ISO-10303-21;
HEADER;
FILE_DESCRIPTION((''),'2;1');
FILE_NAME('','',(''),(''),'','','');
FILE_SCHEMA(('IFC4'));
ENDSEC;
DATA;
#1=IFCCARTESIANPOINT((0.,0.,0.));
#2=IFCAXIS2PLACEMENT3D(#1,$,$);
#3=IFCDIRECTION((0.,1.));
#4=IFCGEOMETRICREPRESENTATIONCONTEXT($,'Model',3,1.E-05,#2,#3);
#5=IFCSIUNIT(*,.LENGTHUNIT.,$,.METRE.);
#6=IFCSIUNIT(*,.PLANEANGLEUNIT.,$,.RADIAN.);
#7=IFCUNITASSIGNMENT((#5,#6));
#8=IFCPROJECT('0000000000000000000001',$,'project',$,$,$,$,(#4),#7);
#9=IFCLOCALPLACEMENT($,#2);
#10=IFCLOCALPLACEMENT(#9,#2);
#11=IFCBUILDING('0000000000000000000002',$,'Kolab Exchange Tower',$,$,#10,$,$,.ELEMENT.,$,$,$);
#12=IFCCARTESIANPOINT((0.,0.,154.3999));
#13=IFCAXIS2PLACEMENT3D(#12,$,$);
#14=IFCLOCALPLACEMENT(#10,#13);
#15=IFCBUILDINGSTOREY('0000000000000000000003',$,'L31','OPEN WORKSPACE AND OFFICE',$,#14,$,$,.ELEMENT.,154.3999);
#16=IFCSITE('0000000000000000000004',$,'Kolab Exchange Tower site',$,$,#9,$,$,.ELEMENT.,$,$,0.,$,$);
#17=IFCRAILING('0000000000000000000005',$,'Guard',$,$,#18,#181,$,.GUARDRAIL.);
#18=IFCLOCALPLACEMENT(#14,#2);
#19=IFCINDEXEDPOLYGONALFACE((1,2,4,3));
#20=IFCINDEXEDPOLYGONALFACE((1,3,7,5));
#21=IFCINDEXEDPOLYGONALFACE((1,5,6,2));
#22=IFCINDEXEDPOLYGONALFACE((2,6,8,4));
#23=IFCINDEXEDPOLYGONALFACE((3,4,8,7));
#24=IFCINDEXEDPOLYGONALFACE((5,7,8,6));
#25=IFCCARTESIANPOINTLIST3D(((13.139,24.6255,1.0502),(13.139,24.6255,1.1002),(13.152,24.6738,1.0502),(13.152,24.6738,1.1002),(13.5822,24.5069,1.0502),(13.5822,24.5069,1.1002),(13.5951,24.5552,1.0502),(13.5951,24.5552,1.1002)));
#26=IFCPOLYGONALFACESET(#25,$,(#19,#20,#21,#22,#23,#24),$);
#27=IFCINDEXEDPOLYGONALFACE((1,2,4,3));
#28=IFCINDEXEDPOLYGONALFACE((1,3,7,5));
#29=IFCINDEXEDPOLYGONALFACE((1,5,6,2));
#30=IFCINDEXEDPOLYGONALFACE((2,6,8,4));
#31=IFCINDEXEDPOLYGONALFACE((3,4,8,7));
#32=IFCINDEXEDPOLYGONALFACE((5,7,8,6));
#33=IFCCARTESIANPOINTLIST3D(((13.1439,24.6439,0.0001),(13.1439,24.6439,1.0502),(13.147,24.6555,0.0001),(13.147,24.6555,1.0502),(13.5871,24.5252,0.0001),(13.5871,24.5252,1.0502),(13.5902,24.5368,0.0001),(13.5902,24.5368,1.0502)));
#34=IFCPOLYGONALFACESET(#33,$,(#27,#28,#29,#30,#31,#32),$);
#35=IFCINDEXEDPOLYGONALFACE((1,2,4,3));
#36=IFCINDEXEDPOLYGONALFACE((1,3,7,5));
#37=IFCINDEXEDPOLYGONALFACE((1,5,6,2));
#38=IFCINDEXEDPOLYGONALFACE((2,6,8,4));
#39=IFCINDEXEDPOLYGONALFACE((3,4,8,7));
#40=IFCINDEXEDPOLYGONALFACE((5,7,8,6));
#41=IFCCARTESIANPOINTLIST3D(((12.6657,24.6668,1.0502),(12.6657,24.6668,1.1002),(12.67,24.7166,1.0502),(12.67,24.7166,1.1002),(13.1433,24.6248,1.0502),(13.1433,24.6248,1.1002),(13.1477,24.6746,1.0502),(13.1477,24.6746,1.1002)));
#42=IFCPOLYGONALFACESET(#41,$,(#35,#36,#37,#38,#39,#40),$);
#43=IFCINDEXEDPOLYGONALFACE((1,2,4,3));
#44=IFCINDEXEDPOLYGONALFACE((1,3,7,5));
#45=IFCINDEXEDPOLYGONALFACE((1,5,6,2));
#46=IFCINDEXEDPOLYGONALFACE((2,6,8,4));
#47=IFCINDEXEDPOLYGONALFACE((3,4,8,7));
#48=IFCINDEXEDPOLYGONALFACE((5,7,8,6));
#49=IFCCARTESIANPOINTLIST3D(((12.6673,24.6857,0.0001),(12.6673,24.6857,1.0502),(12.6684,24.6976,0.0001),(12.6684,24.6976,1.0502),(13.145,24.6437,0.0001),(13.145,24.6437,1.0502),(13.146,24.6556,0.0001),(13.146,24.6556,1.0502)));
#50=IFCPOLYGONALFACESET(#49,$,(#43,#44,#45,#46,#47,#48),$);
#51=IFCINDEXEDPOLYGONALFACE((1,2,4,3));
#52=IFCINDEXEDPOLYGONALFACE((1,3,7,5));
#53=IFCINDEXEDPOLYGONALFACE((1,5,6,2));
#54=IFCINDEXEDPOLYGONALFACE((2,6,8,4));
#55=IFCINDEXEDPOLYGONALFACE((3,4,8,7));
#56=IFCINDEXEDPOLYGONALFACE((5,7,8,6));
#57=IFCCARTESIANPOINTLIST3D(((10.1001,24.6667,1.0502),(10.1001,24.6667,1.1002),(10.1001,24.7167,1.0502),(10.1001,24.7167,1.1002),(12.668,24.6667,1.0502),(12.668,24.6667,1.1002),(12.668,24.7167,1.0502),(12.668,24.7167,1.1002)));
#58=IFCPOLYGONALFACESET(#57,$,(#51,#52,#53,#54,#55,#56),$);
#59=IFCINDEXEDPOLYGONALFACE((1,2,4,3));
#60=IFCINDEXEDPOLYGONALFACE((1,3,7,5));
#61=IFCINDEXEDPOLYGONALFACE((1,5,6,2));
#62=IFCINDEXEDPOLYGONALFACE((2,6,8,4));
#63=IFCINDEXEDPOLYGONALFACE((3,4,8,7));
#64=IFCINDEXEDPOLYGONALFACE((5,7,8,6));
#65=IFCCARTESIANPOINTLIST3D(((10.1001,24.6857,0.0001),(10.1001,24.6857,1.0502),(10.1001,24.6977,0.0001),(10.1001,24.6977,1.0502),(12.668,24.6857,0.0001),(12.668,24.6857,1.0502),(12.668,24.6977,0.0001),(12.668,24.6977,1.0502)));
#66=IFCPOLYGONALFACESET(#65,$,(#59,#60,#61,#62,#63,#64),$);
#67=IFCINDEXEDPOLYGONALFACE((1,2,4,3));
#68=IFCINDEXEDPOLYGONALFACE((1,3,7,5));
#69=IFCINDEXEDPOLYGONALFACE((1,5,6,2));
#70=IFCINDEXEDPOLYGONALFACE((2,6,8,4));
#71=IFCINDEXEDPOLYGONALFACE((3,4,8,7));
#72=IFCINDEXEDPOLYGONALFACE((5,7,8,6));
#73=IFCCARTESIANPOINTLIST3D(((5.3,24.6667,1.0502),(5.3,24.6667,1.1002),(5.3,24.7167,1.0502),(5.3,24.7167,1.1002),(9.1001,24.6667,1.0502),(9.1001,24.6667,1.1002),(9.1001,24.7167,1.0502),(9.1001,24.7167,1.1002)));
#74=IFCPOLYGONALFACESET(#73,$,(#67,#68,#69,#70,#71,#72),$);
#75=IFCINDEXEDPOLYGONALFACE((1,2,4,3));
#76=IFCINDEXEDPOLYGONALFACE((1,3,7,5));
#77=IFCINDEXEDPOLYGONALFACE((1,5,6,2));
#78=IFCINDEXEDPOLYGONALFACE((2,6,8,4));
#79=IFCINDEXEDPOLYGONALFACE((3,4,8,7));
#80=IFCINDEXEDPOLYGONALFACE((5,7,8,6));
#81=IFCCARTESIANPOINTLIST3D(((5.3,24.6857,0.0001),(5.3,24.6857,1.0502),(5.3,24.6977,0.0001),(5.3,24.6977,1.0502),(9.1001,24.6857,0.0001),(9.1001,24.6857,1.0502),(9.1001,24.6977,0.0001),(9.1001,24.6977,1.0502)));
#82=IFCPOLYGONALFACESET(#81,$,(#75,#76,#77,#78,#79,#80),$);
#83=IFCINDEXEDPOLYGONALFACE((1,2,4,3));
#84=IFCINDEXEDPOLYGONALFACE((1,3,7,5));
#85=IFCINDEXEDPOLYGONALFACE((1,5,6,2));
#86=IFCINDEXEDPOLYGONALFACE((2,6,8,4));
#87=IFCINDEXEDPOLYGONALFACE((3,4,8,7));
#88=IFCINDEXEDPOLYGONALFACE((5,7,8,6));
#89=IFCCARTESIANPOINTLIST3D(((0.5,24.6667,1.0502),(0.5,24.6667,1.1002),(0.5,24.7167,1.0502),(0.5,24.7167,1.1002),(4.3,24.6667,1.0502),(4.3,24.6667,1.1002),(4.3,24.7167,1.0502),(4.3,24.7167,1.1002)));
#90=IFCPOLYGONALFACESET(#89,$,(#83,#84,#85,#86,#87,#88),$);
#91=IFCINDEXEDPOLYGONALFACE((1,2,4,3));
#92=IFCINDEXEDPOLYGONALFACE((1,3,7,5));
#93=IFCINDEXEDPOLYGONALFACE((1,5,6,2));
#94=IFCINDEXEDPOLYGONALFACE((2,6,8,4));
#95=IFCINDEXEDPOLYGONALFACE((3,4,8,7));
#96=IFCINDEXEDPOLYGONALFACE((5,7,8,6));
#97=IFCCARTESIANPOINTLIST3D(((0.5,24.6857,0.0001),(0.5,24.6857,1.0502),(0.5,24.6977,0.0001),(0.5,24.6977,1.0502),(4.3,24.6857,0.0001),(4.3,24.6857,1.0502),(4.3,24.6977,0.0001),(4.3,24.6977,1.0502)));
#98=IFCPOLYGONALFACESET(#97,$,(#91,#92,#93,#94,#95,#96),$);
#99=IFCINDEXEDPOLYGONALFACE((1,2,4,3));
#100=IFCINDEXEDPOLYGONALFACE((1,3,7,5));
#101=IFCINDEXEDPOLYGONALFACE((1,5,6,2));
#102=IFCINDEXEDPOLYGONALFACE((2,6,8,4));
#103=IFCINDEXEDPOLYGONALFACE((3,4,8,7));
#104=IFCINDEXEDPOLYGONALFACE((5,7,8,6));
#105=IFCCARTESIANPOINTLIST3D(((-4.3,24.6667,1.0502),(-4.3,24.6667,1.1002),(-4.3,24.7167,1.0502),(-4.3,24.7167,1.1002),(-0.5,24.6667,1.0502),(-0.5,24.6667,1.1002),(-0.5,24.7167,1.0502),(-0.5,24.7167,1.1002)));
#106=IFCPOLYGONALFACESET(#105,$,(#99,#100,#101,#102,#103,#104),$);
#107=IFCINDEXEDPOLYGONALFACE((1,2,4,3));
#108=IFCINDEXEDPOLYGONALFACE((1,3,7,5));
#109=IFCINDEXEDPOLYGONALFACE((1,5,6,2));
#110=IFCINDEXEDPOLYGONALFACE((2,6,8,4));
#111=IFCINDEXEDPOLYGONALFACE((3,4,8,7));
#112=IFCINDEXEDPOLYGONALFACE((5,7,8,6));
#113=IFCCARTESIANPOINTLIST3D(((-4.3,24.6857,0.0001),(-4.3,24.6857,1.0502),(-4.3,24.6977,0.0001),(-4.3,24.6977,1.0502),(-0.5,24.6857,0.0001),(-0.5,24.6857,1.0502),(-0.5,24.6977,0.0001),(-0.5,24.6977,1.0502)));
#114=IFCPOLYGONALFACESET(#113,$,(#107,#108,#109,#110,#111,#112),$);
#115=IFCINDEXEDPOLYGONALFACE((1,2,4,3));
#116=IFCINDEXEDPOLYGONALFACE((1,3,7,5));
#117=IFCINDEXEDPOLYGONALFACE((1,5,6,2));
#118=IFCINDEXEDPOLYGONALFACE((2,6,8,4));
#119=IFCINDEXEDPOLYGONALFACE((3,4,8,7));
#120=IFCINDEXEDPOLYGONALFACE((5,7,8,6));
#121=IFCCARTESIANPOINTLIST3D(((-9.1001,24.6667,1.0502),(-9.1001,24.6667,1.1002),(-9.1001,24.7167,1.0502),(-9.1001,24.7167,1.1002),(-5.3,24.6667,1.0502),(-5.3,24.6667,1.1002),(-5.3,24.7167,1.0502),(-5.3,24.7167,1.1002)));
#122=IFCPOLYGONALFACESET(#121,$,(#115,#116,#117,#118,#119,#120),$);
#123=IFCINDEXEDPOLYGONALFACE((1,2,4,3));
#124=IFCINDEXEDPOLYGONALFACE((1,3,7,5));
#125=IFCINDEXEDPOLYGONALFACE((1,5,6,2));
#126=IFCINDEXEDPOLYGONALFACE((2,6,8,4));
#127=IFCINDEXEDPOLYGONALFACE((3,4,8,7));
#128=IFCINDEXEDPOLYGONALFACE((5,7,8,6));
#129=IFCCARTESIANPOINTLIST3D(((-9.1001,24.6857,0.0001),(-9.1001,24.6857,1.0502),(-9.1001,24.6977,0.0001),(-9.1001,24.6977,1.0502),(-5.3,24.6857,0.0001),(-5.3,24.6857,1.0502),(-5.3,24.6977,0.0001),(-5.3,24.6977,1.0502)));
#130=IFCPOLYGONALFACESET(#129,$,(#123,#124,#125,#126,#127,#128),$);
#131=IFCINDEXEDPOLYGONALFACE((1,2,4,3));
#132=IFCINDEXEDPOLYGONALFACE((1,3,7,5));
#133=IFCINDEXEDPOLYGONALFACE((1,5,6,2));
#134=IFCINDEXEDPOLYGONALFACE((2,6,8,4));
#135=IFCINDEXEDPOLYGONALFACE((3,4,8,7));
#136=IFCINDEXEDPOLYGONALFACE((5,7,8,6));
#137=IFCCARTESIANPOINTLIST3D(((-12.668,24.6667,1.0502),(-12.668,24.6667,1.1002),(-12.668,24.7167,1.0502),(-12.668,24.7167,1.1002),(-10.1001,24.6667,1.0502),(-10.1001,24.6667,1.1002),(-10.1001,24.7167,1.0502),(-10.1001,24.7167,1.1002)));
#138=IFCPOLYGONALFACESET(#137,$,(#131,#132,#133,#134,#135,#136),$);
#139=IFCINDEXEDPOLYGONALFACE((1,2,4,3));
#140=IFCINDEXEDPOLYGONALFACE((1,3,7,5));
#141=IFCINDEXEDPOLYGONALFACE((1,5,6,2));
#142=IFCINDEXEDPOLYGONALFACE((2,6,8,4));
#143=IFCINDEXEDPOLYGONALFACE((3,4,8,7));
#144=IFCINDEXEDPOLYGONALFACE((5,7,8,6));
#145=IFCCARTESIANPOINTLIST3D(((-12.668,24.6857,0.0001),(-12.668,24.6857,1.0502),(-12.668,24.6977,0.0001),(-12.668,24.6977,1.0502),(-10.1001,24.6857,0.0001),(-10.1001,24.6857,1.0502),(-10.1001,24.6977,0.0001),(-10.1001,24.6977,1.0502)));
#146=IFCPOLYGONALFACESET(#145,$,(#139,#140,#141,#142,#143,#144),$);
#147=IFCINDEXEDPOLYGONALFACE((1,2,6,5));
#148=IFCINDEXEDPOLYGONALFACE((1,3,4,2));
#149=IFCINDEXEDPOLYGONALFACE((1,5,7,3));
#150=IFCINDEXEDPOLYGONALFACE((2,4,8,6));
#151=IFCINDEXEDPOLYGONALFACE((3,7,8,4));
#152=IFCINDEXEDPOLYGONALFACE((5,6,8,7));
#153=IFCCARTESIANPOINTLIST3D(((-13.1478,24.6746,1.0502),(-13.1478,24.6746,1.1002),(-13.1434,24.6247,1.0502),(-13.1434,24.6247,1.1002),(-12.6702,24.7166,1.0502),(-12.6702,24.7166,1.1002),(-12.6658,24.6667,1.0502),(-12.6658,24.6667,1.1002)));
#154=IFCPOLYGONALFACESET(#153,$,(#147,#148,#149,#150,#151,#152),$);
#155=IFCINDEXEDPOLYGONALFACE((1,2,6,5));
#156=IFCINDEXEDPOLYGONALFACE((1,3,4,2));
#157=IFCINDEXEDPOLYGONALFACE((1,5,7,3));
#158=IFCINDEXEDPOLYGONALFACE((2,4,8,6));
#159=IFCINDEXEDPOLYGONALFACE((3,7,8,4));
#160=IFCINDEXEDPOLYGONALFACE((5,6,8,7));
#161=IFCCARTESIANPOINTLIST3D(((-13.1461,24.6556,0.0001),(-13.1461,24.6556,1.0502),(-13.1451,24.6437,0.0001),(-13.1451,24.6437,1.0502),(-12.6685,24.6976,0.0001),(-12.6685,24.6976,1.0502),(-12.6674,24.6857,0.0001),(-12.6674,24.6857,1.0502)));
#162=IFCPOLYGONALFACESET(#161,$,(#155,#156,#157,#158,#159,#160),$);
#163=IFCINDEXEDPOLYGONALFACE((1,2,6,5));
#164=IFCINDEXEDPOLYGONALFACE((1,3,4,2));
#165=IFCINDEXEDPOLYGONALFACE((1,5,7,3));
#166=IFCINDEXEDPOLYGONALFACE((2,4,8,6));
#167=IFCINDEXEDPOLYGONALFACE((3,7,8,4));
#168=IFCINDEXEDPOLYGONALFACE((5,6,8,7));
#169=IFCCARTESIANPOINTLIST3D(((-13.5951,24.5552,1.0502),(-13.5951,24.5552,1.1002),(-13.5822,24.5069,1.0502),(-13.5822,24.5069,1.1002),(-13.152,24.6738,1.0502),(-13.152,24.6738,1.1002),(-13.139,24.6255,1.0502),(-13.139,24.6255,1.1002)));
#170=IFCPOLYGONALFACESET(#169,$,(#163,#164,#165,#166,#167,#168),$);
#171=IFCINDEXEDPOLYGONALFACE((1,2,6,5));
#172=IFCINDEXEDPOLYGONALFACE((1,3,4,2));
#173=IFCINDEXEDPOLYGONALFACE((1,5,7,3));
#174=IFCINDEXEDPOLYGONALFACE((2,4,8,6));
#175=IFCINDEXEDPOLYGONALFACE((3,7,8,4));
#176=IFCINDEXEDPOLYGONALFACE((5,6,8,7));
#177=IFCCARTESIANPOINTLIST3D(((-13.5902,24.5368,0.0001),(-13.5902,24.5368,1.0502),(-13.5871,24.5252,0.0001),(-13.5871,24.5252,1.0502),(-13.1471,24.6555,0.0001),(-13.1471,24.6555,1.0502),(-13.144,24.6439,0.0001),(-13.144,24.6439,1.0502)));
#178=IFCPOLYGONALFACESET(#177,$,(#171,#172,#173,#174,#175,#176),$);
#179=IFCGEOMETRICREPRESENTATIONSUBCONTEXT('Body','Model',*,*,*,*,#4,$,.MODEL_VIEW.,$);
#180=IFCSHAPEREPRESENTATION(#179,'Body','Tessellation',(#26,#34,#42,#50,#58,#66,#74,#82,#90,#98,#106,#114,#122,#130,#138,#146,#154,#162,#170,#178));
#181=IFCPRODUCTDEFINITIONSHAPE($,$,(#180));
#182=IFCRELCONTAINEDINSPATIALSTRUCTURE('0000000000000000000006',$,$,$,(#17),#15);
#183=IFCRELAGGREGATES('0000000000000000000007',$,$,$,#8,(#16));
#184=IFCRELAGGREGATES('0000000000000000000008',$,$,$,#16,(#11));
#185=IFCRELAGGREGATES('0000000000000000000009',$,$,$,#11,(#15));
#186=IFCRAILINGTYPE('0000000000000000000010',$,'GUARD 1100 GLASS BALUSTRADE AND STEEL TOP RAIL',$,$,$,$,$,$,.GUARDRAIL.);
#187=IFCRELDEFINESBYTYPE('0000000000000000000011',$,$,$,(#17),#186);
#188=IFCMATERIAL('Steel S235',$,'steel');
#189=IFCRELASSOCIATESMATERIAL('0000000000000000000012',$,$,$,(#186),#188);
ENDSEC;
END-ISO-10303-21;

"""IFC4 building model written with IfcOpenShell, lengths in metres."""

from ifc_helpers import new_model, si_unit, direction, frame, frame_2d, origin, origin_2d, place, context, subcontext, project, spatial, rectangle, extrude, material, type_object, element, save


model = new_model("IFC4")

# Units and contexts
model_context = context("Model", 3, precision=1e-05, world=origin(), true_north=direction((0.0, 1.0)))
body_context = subcontext(model_context, "Body", "Model", "MODEL_VIEW")
ifc_project = project(units=[si_unit("LENGTHUNIT", "METRE"), si_unit("PLANEANGLEUNIT", "RADIAN")], contexts=[model_context])

# Site, building, storey
site_placement = place(None, origin())
site = spatial("IfcSite", under=ifc_project, at=site_placement, Name="Kolab Exchange Tower site", CompositionType="ELEMENT", RefElevation=0.0)
building_placement = place(site_placement, origin())
building = spatial("IfcBuilding", under=site, at=building_placement, Name="Kolab Exchange Tower", CompositionType="ELEMENT")
storey_placement = place(building_placement, frame((0.0, 0.0, 154.3999)))
storey = spatial("IfcBuildingStorey", under=building, at=storey_placement, Name="L31", Description="OPEN WORKSPACE AND OFFICE", CompositionType="ELEMENT", Elevation=154.3999)

# Railing
ifc_material_1 = material(Name="Steel S235", Category="steel")
railing_type = type_object("IfcRailingType", Name="GUARD 1100 GLASS BALUSTRADE AND STEEL TOP RAIL", PredefinedType="GUARDRAIL", material=ifc_material_1)
railing_placement = place(storey_placement, frame((13.5886, 24.531, 0.0)))
element("IfcRailing", 1, at=railing_placement, inside=storey, type_object=railing_type, Name="Guard", PredefinedType="GUARDRAIL", context=body_context, shape_type="SweptSolid", body=[
    extrude(rectangle(XDim=0.05, YDim=0.05, at=origin_2d()), frame((0.0, 0.0, 1.0752), z_axis=(-0.965969, 0.258656, 0.0), x_axis=(-0.258656, -0.965969, 0.0)), (0.0, 0.0, 1.0), 0.4587),
    extrude(rectangle(XDim=0.012, YDim=1.0501, at=frame_2d((0.0, 0.5251))), frame((0.0, 0.0, 0.0), z_axis=(-0.965969, 0.258656, 0.0), x_axis=(-0.258656, -0.965969, 0.0)), (0.0, 0.0, 1.0), 0.4587),
    extrude(rectangle(XDim=0.05, YDim=0.05, at=origin_2d()), frame((-0.4431, 0.1187, 1.0752), z_axis=(-0.996156, 0.087597, 0.0), x_axis=(-0.087597, -0.996156, 0.0)), (0.0, 0.0, 1.0), 0.4795),
    extrude(rectangle(XDim=0.012, YDim=1.0501, at=frame_2d((0.0, 0.5251))), frame((-0.4431, 0.1187, 0.0), z_axis=(-0.996156, 0.087597, 0.0), x_axis=(-0.087597, -0.996156, 0.0)), (0.0, 0.0, 1.0), 0.4795),
    extrude(rectangle(XDim=0.05, YDim=0.05, at=origin_2d()), frame((-0.9207, 0.1606, 1.0752), z_axis=(-1.0, 0.0, 0.0), x_axis=(0.0, -1.0, 0.0)), (0.0, 0.0, 1.0), 2.5679),
    extrude(rectangle(XDim=0.012, YDim=1.0501, at=frame_2d((0.0, 0.5251))), frame((-0.9207, 0.1606, 0.0), z_axis=(-1.0, 0.0, 0.0), x_axis=(0.0, -1.0, 0.0)), (0.0, 0.0, 1.0), 2.5679),
    extrude(rectangle(XDim=0.05, YDim=0.05, at=origin_2d()), frame((-4.4885, 0.1606, 1.0752), z_axis=(-1.0, 0.0, 0.0), x_axis=(0.0, -1.0, 0.0)), (0.0, 0.0, 1.0), 3.8),
    extrude(rectangle(XDim=0.012, YDim=1.0501, at=frame_2d((0.0, 0.5251))), frame((-4.4885, 0.1606, 0.0), z_axis=(-1.0, 0.0, 0.0), x_axis=(0.0, -1.0, 0.0)), (0.0, 0.0, 1.0), 3.8),
    extrude(rectangle(XDim=0.05, YDim=0.05, at=origin_2d()), frame((-9.2886, 0.1606, 1.0752), z_axis=(-1.0, 0.0, 0.0), x_axis=(0.0, -1.0, 0.0)), (0.0, 0.0, 1.0), 3.8),
    extrude(rectangle(XDim=0.012, YDim=1.0501, at=frame_2d((0.0, 0.5251))), frame((-9.2886, 0.1606, 0.0), z_axis=(-1.0, 0.0, 0.0), x_axis=(0.0, -1.0, 0.0)), (0.0, 0.0, 1.0), 3.8),
    extrude(rectangle(XDim=0.05, YDim=0.05, at=origin_2d()), frame((-14.0886, 0.1606, 1.0752), z_axis=(-1.0, 0.0, 0.0), x_axis=(0.0, -1.0, 0.0)), (0.0, 0.0, 1.0), 3.8),
    extrude(rectangle(XDim=0.012, YDim=1.0501, at=frame_2d((0.0, 0.5251))), frame((-14.0886, 0.1606, 0.0), z_axis=(-1.0, 0.0, 0.0), x_axis=(0.0, -1.0, 0.0)), (0.0, 0.0, 1.0), 3.8),
    extrude(rectangle(XDim=0.05, YDim=0.05, at=origin_2d()), frame((-18.8887, 0.1606, 1.0752), z_axis=(-1.0, 0.0, 0.0), x_axis=(0.0, -1.0, 0.0)), (0.0, 0.0, 1.0), 3.8),
    extrude(rectangle(XDim=0.012, YDim=1.0501, at=frame_2d((0.0, 0.5251))), frame((-18.8887, 0.1606, 0.0), z_axis=(-1.0, 0.0, 0.0), x_axis=(0.0, -1.0, 0.0)), (0.0, 0.0, 1.0), 3.8),
    extrude(rectangle(XDim=0.05, YDim=0.05, at=origin_2d()), frame((-23.6887, 0.1606, 1.0752), z_axis=(-1.0, 0.0, 0.0), x_axis=(0.0, -1.0, 0.0)), (0.0, 0.0, 1.0), 2.5679),
    extrude(rectangle(XDim=0.012, YDim=1.0501, at=frame_2d((0.0, 0.5251))), frame((-23.6887, 0.1606, 0.0), z_axis=(-1.0, 0.0, 0.0), x_axis=(0.0, -1.0, 0.0)), (0.0, 0.0, 1.0), 2.5679),
    extrude(rectangle(XDim=0.05, YDim=0.05, at=origin_2d()), frame((-26.2566, 0.1606, 1.0752), z_axis=(-0.996156, -0.087597, 0.0), x_axis=(0.087597, -0.996156, 0.0)), (0.0, 0.0, 1.0), 0.4795),
    extrude(rectangle(XDim=0.012, YDim=1.0501, at=frame_2d((0.0, 0.5251))), frame((-26.2566, 0.1606, 0.0), z_axis=(-0.996156, -0.087597, 0.0), x_axis=(0.087597, -0.996156, 0.0)), (0.0, 0.0, 1.0), 0.4795),
    extrude(rectangle(XDim=0.05, YDim=0.05, at=origin_2d()), frame((-26.7341, 0.1187, 1.0752), z_axis=(-0.965969, -0.258656, 0.0), x_axis=(0.258656, -0.965969, 0.0)), (0.0, 0.0, 1.0), 0.4587),
    extrude(rectangle(XDim=0.012, YDim=1.0501, at=frame_2d((0.0, 0.5251))), frame((-26.7341, 0.1187, 0.0), z_axis=(-0.965969, -0.258656, 0.0), x_axis=(0.258656, -0.965969, 0.0)), (0.0, 0.0, 1.0), 0.4587),
])

save(model, "model.ifc")
